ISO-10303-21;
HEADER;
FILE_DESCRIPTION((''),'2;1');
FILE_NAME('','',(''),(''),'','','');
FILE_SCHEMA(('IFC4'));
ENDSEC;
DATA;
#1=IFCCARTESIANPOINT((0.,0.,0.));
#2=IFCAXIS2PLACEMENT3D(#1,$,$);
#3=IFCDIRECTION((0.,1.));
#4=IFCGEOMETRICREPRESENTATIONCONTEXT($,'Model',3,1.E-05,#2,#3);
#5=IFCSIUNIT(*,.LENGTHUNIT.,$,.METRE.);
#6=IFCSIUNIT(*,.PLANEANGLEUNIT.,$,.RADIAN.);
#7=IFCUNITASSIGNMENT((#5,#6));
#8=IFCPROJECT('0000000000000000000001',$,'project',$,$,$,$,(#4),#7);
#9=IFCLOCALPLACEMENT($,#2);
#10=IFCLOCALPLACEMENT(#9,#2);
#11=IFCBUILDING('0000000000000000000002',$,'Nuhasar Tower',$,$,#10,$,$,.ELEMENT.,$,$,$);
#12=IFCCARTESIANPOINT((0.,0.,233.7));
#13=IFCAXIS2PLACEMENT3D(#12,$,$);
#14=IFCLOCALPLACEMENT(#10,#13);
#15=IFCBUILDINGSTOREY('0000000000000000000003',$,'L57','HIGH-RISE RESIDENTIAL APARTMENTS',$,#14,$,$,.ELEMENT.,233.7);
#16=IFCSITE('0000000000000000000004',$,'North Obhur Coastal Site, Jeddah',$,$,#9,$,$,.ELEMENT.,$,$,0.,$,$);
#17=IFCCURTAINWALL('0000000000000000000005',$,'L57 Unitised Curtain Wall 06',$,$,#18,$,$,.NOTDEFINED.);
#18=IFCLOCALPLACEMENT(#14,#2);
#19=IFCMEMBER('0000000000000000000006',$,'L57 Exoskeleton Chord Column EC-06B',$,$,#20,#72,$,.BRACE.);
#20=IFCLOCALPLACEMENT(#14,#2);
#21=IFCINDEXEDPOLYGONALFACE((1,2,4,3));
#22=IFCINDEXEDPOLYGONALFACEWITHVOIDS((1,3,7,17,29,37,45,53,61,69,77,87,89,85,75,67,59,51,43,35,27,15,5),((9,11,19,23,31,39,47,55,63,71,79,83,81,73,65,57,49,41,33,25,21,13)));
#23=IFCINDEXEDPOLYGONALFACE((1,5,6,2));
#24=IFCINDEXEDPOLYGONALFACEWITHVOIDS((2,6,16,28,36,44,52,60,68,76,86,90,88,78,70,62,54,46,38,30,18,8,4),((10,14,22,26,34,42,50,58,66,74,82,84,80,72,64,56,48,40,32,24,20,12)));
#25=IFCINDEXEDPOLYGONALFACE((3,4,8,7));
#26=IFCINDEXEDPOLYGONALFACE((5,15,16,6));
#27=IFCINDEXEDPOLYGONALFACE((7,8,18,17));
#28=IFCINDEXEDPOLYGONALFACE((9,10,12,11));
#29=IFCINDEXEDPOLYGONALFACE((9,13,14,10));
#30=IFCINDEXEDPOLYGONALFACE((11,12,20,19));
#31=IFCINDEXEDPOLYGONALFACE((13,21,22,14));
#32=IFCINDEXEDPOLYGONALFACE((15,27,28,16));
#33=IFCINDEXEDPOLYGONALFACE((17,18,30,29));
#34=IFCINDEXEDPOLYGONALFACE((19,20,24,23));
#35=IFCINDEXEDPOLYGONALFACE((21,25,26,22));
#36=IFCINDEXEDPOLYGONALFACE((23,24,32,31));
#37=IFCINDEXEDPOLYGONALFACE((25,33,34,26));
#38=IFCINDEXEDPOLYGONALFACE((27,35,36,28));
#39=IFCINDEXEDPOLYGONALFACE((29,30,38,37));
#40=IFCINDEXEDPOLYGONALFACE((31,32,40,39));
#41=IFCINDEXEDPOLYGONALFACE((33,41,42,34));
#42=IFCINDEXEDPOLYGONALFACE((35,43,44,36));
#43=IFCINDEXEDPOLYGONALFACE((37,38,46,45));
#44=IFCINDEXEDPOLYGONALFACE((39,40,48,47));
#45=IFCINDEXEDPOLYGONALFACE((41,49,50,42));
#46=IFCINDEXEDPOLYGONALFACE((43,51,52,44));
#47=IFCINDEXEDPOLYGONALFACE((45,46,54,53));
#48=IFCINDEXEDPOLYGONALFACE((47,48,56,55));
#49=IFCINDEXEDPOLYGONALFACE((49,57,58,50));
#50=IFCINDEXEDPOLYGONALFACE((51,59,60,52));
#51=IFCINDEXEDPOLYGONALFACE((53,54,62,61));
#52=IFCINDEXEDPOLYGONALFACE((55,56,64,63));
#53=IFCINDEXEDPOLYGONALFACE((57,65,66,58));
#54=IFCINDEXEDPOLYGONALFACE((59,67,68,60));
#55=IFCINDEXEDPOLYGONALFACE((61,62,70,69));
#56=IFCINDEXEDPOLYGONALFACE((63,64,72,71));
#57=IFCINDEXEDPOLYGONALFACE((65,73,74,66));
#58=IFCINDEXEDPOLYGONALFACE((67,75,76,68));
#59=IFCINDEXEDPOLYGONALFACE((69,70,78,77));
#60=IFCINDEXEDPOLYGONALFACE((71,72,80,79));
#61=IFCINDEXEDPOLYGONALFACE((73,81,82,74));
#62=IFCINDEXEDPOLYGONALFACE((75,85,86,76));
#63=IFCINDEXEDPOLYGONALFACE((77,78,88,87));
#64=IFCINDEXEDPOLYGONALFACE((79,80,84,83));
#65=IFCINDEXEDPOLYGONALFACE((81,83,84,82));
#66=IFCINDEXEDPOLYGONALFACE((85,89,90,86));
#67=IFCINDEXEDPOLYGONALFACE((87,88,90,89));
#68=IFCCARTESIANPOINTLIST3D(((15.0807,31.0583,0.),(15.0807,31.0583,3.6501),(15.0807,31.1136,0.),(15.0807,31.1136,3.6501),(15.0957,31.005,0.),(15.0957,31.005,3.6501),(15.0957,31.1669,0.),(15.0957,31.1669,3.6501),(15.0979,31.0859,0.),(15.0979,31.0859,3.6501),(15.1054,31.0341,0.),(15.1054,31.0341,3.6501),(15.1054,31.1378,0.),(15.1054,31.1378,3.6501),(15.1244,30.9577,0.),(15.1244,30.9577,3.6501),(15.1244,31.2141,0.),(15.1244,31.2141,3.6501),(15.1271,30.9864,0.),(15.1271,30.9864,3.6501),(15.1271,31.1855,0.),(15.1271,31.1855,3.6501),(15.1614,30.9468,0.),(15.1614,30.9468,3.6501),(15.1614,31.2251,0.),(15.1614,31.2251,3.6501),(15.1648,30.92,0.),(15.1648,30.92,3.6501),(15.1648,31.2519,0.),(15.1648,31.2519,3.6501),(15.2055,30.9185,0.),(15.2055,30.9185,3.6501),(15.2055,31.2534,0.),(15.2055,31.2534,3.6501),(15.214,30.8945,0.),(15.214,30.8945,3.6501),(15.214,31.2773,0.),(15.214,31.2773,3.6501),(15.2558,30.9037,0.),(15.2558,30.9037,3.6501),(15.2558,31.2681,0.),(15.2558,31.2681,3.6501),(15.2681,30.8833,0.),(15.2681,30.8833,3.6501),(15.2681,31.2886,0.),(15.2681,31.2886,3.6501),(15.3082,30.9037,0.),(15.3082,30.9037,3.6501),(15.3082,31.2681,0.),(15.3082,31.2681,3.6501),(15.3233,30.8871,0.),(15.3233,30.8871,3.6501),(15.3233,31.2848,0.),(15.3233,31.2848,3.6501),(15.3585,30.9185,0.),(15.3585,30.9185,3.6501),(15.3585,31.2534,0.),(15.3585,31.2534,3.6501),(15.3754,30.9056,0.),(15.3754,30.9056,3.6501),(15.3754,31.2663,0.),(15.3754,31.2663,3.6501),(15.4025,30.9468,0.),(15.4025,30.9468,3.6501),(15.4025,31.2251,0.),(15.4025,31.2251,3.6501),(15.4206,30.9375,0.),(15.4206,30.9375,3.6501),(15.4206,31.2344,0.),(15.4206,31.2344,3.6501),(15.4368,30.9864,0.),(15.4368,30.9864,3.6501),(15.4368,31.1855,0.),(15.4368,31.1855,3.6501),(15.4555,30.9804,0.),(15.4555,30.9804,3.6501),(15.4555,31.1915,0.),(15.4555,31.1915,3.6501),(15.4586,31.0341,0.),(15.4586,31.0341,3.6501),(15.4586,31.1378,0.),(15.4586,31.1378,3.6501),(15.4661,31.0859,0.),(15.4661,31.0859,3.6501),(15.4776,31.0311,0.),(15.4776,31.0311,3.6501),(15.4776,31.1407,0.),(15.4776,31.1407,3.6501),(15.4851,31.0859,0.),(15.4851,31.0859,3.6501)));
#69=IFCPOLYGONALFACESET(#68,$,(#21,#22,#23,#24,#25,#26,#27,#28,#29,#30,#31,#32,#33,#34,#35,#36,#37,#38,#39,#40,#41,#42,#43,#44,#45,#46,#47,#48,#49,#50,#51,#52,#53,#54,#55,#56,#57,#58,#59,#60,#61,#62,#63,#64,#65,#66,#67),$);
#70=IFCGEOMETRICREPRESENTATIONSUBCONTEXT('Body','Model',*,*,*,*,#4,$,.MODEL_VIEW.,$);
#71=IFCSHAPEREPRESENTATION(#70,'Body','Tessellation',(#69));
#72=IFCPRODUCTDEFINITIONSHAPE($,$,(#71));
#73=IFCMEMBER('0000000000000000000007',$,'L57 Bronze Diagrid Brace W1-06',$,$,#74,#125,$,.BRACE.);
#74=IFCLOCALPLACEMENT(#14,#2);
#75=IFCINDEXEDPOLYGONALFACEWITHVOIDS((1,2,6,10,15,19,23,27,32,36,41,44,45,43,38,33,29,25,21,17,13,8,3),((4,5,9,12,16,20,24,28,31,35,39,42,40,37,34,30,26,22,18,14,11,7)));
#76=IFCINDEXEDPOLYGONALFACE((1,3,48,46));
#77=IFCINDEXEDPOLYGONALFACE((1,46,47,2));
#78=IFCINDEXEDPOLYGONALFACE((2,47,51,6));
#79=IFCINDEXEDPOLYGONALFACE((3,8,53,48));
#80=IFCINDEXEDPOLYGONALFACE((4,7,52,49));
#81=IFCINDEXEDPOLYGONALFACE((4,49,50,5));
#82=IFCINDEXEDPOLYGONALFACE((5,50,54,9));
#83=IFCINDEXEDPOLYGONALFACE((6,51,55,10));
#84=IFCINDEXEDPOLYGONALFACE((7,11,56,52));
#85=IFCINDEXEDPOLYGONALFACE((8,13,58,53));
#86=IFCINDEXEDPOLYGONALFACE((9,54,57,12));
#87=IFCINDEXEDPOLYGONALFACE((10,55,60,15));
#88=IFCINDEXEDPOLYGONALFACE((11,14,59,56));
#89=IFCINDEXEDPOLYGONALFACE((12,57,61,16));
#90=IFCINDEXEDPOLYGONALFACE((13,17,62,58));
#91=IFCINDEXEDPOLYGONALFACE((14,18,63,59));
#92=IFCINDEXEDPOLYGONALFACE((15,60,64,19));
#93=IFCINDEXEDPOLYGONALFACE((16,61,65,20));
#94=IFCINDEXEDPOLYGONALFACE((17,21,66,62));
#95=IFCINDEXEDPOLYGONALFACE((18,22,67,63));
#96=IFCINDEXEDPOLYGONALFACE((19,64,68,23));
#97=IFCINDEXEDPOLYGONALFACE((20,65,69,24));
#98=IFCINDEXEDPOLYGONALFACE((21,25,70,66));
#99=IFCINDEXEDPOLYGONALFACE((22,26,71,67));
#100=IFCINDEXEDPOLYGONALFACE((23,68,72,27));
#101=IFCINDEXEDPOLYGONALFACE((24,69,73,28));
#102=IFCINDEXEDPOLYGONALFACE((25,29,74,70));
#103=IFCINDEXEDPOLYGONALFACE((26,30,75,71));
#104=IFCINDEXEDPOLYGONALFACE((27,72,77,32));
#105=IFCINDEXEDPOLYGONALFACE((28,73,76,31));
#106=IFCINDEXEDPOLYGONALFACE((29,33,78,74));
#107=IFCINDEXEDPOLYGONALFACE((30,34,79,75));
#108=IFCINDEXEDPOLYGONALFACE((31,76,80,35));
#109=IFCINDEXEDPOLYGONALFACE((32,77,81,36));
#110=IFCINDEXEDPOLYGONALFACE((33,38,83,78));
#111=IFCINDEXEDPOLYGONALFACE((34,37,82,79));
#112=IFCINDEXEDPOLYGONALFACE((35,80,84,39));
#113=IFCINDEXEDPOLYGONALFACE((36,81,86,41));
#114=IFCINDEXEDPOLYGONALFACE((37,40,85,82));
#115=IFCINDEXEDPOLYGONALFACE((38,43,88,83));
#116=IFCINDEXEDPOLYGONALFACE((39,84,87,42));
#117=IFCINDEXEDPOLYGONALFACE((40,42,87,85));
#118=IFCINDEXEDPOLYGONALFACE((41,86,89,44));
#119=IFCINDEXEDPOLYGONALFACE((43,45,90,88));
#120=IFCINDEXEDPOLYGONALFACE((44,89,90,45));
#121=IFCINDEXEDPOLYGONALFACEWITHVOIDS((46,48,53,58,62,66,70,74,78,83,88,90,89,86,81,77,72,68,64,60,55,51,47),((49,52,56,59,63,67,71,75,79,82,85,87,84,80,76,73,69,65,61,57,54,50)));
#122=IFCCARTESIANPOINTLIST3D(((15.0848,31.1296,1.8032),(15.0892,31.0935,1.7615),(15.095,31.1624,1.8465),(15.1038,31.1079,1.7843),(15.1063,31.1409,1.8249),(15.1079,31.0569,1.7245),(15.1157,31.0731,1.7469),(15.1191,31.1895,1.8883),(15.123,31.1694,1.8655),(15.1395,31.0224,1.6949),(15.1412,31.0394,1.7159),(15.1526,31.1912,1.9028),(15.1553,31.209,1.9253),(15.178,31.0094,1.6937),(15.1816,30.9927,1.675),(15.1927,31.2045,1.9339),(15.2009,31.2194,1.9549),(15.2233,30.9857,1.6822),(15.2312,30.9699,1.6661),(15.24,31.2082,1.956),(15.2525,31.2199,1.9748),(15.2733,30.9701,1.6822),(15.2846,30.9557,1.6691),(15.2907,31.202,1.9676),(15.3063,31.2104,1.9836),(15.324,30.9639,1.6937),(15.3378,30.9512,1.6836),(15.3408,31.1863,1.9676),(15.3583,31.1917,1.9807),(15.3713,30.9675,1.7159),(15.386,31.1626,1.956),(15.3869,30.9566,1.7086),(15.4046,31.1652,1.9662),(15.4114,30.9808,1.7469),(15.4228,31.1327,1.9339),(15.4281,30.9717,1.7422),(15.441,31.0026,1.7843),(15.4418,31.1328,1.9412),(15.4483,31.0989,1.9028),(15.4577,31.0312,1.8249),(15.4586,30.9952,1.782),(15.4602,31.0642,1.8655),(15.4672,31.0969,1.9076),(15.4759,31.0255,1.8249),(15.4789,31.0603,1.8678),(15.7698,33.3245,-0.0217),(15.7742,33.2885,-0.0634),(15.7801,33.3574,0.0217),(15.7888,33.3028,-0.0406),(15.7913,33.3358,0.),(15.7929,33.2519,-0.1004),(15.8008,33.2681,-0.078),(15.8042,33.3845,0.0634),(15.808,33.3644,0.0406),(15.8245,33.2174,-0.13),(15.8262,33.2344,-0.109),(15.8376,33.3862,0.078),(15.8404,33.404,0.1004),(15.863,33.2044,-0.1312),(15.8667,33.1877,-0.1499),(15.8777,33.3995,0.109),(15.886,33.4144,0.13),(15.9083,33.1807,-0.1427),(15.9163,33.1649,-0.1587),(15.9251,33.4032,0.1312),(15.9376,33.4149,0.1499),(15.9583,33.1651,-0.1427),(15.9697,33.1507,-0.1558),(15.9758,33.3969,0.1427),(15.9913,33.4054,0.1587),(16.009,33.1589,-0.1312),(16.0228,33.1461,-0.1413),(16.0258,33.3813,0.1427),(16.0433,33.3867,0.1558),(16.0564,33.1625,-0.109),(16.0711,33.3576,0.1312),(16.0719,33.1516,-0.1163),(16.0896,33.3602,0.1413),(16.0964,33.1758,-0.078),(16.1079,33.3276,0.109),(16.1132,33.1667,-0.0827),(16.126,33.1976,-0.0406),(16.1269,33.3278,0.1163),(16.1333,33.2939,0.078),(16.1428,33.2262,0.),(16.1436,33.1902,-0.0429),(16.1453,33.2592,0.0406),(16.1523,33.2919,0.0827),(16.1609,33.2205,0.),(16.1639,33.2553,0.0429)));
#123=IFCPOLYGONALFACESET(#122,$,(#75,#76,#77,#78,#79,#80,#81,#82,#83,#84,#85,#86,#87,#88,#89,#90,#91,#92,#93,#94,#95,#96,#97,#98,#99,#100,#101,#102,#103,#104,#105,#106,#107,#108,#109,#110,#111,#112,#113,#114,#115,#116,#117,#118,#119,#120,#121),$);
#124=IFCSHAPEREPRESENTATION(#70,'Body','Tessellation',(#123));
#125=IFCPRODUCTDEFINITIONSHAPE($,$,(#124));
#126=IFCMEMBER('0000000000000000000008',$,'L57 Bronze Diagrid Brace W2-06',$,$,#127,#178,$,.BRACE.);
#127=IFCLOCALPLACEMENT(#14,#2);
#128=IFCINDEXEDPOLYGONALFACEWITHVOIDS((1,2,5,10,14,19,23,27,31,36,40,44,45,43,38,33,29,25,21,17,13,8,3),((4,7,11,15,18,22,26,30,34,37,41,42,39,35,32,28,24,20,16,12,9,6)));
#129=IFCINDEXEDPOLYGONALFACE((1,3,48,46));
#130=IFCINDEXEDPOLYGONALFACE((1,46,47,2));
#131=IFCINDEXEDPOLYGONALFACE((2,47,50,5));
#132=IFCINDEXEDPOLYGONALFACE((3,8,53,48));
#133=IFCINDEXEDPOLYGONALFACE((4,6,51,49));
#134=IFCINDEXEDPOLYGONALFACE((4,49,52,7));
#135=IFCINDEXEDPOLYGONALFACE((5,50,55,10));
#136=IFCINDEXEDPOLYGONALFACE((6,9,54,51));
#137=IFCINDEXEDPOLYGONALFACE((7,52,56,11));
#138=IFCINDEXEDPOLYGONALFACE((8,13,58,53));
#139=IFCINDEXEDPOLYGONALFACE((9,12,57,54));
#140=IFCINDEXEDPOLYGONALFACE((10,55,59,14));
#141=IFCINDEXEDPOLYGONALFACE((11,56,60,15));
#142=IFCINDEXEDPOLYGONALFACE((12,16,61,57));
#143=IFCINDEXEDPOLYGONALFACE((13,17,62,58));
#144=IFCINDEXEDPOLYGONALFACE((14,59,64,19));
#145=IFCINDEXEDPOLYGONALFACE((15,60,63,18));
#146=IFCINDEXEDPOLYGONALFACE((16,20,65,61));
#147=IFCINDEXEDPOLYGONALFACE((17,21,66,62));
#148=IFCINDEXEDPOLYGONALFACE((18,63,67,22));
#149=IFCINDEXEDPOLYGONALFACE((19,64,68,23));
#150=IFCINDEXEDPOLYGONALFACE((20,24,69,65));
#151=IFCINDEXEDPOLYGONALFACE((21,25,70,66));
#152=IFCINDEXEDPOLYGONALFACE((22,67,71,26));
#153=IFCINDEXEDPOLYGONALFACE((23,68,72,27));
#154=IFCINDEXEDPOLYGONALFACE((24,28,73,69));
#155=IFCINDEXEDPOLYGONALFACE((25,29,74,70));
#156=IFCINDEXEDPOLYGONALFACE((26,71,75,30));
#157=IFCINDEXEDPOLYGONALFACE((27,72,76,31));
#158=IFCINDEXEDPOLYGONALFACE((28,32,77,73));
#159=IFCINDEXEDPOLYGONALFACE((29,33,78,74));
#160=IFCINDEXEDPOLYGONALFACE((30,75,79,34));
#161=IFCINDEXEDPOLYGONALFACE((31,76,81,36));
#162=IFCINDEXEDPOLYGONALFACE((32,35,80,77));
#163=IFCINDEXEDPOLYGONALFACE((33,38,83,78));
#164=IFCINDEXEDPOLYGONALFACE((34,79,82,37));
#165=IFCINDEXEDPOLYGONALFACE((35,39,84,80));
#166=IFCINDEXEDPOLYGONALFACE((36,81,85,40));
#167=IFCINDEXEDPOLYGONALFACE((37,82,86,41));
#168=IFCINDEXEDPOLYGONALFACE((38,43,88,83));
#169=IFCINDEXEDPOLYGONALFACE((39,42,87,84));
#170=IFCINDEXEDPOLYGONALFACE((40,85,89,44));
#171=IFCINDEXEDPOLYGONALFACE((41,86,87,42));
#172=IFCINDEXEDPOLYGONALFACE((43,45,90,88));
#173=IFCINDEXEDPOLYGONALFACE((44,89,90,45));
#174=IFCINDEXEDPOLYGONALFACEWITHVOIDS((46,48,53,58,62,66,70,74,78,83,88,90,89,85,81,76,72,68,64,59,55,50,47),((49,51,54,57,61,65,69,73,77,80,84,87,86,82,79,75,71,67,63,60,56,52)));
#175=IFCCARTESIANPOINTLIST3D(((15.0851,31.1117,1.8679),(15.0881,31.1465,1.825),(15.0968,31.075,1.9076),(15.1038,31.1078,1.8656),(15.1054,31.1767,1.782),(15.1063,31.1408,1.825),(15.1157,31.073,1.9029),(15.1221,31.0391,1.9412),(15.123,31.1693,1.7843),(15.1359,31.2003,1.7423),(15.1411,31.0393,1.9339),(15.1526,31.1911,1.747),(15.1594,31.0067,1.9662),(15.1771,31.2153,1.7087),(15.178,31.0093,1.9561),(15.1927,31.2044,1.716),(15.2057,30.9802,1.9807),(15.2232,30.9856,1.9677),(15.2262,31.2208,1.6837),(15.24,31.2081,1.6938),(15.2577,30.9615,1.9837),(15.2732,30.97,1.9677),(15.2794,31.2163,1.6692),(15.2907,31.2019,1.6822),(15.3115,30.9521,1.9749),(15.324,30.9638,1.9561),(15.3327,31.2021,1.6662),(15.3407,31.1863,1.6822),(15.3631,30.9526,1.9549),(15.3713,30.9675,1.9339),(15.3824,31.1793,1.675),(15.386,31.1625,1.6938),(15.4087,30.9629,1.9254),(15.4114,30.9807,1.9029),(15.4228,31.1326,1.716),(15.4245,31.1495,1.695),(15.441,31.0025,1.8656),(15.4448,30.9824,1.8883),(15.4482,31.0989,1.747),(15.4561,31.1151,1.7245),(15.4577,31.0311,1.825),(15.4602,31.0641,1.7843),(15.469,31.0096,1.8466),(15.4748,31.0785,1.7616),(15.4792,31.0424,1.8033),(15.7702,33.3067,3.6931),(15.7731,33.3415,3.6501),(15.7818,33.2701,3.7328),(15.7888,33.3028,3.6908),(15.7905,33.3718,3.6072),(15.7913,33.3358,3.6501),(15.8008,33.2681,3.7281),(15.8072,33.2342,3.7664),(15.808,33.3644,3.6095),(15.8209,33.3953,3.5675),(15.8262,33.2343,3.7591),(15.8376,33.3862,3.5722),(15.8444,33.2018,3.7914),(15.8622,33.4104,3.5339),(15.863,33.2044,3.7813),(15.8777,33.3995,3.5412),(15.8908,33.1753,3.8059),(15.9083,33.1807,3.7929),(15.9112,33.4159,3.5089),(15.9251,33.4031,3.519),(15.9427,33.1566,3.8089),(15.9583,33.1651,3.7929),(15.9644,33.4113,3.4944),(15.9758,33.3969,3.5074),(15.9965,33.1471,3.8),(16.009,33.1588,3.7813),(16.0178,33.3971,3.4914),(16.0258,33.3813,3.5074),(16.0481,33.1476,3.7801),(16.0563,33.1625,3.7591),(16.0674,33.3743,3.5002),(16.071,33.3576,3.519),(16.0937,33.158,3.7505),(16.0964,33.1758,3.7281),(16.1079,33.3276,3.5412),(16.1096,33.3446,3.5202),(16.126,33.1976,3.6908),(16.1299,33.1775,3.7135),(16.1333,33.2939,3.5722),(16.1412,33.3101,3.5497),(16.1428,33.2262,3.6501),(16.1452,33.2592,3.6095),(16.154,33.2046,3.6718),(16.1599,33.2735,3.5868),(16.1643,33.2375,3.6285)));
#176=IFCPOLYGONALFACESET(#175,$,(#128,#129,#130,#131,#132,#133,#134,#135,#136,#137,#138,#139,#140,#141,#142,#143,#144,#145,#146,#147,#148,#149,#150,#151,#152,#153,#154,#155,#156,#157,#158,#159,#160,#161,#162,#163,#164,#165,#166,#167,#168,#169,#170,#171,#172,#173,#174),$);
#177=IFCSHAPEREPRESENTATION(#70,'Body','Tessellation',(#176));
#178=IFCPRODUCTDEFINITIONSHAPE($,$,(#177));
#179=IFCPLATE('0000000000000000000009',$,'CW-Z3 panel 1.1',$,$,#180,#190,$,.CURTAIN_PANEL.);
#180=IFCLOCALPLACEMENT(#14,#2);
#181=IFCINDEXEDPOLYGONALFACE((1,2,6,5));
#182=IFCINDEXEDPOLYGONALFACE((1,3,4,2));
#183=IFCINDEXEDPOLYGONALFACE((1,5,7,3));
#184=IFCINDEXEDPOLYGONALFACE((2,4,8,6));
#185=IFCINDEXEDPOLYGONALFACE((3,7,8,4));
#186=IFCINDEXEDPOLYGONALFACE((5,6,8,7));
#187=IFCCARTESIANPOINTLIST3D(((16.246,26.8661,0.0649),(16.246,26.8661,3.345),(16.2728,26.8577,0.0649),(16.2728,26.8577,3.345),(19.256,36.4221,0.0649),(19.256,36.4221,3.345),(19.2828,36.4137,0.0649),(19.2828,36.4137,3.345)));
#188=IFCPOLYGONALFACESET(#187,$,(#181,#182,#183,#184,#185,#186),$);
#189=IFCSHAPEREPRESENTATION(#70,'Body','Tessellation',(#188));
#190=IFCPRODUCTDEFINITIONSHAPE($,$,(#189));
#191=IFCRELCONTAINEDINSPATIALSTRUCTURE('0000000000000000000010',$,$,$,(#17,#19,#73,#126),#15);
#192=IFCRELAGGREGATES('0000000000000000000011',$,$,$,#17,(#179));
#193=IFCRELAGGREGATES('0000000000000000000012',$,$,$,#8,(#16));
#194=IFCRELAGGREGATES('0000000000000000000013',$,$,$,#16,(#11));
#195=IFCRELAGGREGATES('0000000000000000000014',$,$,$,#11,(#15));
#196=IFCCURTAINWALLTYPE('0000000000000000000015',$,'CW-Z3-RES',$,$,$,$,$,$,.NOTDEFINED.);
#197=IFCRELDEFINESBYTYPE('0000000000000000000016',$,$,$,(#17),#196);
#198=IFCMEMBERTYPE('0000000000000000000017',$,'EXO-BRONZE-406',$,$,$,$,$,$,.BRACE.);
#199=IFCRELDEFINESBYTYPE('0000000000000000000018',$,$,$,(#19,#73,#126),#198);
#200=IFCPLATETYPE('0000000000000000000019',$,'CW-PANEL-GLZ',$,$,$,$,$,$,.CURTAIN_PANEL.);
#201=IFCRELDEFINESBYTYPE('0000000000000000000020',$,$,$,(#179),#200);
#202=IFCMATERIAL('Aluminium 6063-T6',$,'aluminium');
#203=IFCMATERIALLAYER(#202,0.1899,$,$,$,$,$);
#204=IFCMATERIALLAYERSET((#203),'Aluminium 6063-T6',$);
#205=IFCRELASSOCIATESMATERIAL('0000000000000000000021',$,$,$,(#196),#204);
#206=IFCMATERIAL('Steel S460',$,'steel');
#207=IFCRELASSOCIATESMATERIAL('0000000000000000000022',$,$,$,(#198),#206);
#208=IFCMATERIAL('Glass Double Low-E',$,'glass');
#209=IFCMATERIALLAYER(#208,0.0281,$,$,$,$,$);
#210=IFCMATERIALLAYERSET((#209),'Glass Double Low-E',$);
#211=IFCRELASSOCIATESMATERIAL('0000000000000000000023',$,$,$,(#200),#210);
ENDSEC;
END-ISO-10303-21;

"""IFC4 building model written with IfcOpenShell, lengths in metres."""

from ifc_helpers import new_model, si_unit, direction, frame, origin, origin_2d, place, context, subcontext, project, spatial, rectangle, hollow_circle, extrude, material, layer, layer_set, material_profile, profile_set, type_object, element, aggregate, save


model = new_model("IFC4")

# Units and contexts
model_context = context("Model", 3, precision=1e-05, world=origin(), true_north=direction((0.0, 1.0)))
body_context = subcontext(model_context, "Body", "Model", "MODEL_VIEW")
ifc_project = project(units=[si_unit("LENGTHUNIT", "METRE"), si_unit("PLANEANGLEUNIT", "RADIAN")], contexts=[model_context])

# Site, building, storey
site_placement = place(None, origin())
site = spatial("IfcSite", under=ifc_project, at=site_placement, Name="North Obhur Coastal Site, Jeddah", CompositionType="ELEMENT", RefElevation=0.0)
building_placement = place(site_placement, origin())
building = spatial("IfcBuilding", under=site, at=building_placement, Name="Nuhasar Tower", CompositionType="ELEMENT")
storey_placement = place(building_placement, frame((0.0, 0.0, 233.7)))
storey = spatial("IfcBuildingStorey", under=building, at=storey_placement, Name="L57", Description="HIGH-RISE RESIDENTIAL APARTMENTS", CompositionType="ELEMENT", Elevation=233.7)

# Curtain wall
ifc_material_1 = material(Name="Aluminium 6063-T6", Category="aluminium")
ifc_layer_1 = layer(ifc_material_1, 0.1899)
ifc_layer_set_1 = layer_set([ifc_layer_1], Name="Aluminium 6063-T6")
curtain_wall_type = type_object("IfcCurtainWallType", Name="CW-Z3-RES", PredefinedType="NOTDEFINED", material=ifc_layer_set_1)
curtain_wall_placement = place(storey_placement, origin())
curtain_wall = element("IfcCurtainWall", 1, at=curtain_wall_placement, inside=storey, type_object=curtain_wall_type, Name="L57 Unitised Curtain Wall 06", PredefinedType="NOTDEFINED")

# Members
ifc_material_2 = material(Name="Steel S460", Category="steel")
ifc_material_profile_1 = material_profile(ifc_material_2, hollow_circle(Radius=0.2031, WallThickness=0.019, at=origin_2d()), Name="HSS406.4X19.1")
ifc_profile_set_1 = profile_set([ifc_material_profile_1], Name="Steel S460")
member_type_1 = type_object("IfcMemberType", Name="EXO-BRONZE-406", PredefinedType="BRACE", material=ifc_profile_set_1)
for number, where, z_axis, x_axis, name in (
    (2, (15.282, 31.0859, 0.0), (0.0, 0.0, 1.0), (1.0, 0.0, 0.0), "L57 Exoskeleton Chord Column EC-06B"),
):
    element("IfcMember", number, at=place(storey_placement, frame(where, z_axis=z_axis, x_axis=x_axis)), inside=storey, type_object=member_type_1, Name=name, PredefinedType="BRACE", context=body_context, shape_type="SweptSolid", body=[
        extrude(hollow_circle(Radius=0.2031, WallThickness=0.019, at=origin_2d()), origin(), (0.0, 0.0, 1.0), 3.6501),
    ])
member_1_placement = place(storey_placement, frame((15.967, 33.281, 0.0), z_axis=(-0.233358, -0.747727, 0.62165), x_axis=(0.954591, -0.297918, 0.0)))
element("IfcMember", 3, at=member_1_placement, inside=storey, type_object=member_type_1, Name="L57 Bronze Diagrid Brace W1-06", PredefinedType="BRACE", context=body_context, shape_type="SweptSolid", body=[
    extrude(hollow_circle(Radius=0.2031, WallThickness=0.019, at=origin_2d()), origin(), (0.0, 0.0, 1.0), 2.9355),
])
member_2_placement = place(storey_placement, frame((15.282, 31.0859, 1.825), z_axis=(0.233346, 0.747688, 0.621701), x_axis=(-0.954591, 0.297918, 0.0)))
element("IfcMember", 4, at=member_2_placement, inside=storey, type_object=member_type_1, Name="L57 Bronze Diagrid Brace W2-06", PredefinedType="BRACE", context=body_context, shape_type="SweptSolid", body=[
    extrude(hollow_circle(Radius=0.2031, WallThickness=0.019, at=origin_2d()), origin(), (0.0, 0.0, 1.0), 2.9358),
])

# Plate
ifc_material_3 = material(Name="Glass Double Low-E", Category="glass")
ifc_layer_2 = layer(ifc_material_3, 0.0281)
ifc_layer_set_2 = layer_set([ifc_layer_2], Name="Glass Double Low-E")
plate_type = type_object("IfcPlateType", Name="CW-PANEL-GLZ", PredefinedType="CURTAIN_PANEL", material=ifc_layer_set_2)
plate_placement = place(storey_placement, frame((17.7644, 31.6399, 0.0649), z_axis=(0.0, 0.0, 1.0), x_axis=(-0.300429, -0.953804, 0.0)))
plate = element("IfcPlate", 5, at=plate_placement, type_object=plate_type, Name="CW-Z3 panel 1.1", PredefinedType="CURTAIN_PANEL", context=body_context, shape_type="SweptSolid", body=[
    extrude(rectangle(XDim=10.0188, YDim=0.0281, at=origin_2d()), origin(), (0.0, 0.0, 1.0), 3.28),
])
aggregate(curtain_wall, [plate])

save(model, "model.ifc")
